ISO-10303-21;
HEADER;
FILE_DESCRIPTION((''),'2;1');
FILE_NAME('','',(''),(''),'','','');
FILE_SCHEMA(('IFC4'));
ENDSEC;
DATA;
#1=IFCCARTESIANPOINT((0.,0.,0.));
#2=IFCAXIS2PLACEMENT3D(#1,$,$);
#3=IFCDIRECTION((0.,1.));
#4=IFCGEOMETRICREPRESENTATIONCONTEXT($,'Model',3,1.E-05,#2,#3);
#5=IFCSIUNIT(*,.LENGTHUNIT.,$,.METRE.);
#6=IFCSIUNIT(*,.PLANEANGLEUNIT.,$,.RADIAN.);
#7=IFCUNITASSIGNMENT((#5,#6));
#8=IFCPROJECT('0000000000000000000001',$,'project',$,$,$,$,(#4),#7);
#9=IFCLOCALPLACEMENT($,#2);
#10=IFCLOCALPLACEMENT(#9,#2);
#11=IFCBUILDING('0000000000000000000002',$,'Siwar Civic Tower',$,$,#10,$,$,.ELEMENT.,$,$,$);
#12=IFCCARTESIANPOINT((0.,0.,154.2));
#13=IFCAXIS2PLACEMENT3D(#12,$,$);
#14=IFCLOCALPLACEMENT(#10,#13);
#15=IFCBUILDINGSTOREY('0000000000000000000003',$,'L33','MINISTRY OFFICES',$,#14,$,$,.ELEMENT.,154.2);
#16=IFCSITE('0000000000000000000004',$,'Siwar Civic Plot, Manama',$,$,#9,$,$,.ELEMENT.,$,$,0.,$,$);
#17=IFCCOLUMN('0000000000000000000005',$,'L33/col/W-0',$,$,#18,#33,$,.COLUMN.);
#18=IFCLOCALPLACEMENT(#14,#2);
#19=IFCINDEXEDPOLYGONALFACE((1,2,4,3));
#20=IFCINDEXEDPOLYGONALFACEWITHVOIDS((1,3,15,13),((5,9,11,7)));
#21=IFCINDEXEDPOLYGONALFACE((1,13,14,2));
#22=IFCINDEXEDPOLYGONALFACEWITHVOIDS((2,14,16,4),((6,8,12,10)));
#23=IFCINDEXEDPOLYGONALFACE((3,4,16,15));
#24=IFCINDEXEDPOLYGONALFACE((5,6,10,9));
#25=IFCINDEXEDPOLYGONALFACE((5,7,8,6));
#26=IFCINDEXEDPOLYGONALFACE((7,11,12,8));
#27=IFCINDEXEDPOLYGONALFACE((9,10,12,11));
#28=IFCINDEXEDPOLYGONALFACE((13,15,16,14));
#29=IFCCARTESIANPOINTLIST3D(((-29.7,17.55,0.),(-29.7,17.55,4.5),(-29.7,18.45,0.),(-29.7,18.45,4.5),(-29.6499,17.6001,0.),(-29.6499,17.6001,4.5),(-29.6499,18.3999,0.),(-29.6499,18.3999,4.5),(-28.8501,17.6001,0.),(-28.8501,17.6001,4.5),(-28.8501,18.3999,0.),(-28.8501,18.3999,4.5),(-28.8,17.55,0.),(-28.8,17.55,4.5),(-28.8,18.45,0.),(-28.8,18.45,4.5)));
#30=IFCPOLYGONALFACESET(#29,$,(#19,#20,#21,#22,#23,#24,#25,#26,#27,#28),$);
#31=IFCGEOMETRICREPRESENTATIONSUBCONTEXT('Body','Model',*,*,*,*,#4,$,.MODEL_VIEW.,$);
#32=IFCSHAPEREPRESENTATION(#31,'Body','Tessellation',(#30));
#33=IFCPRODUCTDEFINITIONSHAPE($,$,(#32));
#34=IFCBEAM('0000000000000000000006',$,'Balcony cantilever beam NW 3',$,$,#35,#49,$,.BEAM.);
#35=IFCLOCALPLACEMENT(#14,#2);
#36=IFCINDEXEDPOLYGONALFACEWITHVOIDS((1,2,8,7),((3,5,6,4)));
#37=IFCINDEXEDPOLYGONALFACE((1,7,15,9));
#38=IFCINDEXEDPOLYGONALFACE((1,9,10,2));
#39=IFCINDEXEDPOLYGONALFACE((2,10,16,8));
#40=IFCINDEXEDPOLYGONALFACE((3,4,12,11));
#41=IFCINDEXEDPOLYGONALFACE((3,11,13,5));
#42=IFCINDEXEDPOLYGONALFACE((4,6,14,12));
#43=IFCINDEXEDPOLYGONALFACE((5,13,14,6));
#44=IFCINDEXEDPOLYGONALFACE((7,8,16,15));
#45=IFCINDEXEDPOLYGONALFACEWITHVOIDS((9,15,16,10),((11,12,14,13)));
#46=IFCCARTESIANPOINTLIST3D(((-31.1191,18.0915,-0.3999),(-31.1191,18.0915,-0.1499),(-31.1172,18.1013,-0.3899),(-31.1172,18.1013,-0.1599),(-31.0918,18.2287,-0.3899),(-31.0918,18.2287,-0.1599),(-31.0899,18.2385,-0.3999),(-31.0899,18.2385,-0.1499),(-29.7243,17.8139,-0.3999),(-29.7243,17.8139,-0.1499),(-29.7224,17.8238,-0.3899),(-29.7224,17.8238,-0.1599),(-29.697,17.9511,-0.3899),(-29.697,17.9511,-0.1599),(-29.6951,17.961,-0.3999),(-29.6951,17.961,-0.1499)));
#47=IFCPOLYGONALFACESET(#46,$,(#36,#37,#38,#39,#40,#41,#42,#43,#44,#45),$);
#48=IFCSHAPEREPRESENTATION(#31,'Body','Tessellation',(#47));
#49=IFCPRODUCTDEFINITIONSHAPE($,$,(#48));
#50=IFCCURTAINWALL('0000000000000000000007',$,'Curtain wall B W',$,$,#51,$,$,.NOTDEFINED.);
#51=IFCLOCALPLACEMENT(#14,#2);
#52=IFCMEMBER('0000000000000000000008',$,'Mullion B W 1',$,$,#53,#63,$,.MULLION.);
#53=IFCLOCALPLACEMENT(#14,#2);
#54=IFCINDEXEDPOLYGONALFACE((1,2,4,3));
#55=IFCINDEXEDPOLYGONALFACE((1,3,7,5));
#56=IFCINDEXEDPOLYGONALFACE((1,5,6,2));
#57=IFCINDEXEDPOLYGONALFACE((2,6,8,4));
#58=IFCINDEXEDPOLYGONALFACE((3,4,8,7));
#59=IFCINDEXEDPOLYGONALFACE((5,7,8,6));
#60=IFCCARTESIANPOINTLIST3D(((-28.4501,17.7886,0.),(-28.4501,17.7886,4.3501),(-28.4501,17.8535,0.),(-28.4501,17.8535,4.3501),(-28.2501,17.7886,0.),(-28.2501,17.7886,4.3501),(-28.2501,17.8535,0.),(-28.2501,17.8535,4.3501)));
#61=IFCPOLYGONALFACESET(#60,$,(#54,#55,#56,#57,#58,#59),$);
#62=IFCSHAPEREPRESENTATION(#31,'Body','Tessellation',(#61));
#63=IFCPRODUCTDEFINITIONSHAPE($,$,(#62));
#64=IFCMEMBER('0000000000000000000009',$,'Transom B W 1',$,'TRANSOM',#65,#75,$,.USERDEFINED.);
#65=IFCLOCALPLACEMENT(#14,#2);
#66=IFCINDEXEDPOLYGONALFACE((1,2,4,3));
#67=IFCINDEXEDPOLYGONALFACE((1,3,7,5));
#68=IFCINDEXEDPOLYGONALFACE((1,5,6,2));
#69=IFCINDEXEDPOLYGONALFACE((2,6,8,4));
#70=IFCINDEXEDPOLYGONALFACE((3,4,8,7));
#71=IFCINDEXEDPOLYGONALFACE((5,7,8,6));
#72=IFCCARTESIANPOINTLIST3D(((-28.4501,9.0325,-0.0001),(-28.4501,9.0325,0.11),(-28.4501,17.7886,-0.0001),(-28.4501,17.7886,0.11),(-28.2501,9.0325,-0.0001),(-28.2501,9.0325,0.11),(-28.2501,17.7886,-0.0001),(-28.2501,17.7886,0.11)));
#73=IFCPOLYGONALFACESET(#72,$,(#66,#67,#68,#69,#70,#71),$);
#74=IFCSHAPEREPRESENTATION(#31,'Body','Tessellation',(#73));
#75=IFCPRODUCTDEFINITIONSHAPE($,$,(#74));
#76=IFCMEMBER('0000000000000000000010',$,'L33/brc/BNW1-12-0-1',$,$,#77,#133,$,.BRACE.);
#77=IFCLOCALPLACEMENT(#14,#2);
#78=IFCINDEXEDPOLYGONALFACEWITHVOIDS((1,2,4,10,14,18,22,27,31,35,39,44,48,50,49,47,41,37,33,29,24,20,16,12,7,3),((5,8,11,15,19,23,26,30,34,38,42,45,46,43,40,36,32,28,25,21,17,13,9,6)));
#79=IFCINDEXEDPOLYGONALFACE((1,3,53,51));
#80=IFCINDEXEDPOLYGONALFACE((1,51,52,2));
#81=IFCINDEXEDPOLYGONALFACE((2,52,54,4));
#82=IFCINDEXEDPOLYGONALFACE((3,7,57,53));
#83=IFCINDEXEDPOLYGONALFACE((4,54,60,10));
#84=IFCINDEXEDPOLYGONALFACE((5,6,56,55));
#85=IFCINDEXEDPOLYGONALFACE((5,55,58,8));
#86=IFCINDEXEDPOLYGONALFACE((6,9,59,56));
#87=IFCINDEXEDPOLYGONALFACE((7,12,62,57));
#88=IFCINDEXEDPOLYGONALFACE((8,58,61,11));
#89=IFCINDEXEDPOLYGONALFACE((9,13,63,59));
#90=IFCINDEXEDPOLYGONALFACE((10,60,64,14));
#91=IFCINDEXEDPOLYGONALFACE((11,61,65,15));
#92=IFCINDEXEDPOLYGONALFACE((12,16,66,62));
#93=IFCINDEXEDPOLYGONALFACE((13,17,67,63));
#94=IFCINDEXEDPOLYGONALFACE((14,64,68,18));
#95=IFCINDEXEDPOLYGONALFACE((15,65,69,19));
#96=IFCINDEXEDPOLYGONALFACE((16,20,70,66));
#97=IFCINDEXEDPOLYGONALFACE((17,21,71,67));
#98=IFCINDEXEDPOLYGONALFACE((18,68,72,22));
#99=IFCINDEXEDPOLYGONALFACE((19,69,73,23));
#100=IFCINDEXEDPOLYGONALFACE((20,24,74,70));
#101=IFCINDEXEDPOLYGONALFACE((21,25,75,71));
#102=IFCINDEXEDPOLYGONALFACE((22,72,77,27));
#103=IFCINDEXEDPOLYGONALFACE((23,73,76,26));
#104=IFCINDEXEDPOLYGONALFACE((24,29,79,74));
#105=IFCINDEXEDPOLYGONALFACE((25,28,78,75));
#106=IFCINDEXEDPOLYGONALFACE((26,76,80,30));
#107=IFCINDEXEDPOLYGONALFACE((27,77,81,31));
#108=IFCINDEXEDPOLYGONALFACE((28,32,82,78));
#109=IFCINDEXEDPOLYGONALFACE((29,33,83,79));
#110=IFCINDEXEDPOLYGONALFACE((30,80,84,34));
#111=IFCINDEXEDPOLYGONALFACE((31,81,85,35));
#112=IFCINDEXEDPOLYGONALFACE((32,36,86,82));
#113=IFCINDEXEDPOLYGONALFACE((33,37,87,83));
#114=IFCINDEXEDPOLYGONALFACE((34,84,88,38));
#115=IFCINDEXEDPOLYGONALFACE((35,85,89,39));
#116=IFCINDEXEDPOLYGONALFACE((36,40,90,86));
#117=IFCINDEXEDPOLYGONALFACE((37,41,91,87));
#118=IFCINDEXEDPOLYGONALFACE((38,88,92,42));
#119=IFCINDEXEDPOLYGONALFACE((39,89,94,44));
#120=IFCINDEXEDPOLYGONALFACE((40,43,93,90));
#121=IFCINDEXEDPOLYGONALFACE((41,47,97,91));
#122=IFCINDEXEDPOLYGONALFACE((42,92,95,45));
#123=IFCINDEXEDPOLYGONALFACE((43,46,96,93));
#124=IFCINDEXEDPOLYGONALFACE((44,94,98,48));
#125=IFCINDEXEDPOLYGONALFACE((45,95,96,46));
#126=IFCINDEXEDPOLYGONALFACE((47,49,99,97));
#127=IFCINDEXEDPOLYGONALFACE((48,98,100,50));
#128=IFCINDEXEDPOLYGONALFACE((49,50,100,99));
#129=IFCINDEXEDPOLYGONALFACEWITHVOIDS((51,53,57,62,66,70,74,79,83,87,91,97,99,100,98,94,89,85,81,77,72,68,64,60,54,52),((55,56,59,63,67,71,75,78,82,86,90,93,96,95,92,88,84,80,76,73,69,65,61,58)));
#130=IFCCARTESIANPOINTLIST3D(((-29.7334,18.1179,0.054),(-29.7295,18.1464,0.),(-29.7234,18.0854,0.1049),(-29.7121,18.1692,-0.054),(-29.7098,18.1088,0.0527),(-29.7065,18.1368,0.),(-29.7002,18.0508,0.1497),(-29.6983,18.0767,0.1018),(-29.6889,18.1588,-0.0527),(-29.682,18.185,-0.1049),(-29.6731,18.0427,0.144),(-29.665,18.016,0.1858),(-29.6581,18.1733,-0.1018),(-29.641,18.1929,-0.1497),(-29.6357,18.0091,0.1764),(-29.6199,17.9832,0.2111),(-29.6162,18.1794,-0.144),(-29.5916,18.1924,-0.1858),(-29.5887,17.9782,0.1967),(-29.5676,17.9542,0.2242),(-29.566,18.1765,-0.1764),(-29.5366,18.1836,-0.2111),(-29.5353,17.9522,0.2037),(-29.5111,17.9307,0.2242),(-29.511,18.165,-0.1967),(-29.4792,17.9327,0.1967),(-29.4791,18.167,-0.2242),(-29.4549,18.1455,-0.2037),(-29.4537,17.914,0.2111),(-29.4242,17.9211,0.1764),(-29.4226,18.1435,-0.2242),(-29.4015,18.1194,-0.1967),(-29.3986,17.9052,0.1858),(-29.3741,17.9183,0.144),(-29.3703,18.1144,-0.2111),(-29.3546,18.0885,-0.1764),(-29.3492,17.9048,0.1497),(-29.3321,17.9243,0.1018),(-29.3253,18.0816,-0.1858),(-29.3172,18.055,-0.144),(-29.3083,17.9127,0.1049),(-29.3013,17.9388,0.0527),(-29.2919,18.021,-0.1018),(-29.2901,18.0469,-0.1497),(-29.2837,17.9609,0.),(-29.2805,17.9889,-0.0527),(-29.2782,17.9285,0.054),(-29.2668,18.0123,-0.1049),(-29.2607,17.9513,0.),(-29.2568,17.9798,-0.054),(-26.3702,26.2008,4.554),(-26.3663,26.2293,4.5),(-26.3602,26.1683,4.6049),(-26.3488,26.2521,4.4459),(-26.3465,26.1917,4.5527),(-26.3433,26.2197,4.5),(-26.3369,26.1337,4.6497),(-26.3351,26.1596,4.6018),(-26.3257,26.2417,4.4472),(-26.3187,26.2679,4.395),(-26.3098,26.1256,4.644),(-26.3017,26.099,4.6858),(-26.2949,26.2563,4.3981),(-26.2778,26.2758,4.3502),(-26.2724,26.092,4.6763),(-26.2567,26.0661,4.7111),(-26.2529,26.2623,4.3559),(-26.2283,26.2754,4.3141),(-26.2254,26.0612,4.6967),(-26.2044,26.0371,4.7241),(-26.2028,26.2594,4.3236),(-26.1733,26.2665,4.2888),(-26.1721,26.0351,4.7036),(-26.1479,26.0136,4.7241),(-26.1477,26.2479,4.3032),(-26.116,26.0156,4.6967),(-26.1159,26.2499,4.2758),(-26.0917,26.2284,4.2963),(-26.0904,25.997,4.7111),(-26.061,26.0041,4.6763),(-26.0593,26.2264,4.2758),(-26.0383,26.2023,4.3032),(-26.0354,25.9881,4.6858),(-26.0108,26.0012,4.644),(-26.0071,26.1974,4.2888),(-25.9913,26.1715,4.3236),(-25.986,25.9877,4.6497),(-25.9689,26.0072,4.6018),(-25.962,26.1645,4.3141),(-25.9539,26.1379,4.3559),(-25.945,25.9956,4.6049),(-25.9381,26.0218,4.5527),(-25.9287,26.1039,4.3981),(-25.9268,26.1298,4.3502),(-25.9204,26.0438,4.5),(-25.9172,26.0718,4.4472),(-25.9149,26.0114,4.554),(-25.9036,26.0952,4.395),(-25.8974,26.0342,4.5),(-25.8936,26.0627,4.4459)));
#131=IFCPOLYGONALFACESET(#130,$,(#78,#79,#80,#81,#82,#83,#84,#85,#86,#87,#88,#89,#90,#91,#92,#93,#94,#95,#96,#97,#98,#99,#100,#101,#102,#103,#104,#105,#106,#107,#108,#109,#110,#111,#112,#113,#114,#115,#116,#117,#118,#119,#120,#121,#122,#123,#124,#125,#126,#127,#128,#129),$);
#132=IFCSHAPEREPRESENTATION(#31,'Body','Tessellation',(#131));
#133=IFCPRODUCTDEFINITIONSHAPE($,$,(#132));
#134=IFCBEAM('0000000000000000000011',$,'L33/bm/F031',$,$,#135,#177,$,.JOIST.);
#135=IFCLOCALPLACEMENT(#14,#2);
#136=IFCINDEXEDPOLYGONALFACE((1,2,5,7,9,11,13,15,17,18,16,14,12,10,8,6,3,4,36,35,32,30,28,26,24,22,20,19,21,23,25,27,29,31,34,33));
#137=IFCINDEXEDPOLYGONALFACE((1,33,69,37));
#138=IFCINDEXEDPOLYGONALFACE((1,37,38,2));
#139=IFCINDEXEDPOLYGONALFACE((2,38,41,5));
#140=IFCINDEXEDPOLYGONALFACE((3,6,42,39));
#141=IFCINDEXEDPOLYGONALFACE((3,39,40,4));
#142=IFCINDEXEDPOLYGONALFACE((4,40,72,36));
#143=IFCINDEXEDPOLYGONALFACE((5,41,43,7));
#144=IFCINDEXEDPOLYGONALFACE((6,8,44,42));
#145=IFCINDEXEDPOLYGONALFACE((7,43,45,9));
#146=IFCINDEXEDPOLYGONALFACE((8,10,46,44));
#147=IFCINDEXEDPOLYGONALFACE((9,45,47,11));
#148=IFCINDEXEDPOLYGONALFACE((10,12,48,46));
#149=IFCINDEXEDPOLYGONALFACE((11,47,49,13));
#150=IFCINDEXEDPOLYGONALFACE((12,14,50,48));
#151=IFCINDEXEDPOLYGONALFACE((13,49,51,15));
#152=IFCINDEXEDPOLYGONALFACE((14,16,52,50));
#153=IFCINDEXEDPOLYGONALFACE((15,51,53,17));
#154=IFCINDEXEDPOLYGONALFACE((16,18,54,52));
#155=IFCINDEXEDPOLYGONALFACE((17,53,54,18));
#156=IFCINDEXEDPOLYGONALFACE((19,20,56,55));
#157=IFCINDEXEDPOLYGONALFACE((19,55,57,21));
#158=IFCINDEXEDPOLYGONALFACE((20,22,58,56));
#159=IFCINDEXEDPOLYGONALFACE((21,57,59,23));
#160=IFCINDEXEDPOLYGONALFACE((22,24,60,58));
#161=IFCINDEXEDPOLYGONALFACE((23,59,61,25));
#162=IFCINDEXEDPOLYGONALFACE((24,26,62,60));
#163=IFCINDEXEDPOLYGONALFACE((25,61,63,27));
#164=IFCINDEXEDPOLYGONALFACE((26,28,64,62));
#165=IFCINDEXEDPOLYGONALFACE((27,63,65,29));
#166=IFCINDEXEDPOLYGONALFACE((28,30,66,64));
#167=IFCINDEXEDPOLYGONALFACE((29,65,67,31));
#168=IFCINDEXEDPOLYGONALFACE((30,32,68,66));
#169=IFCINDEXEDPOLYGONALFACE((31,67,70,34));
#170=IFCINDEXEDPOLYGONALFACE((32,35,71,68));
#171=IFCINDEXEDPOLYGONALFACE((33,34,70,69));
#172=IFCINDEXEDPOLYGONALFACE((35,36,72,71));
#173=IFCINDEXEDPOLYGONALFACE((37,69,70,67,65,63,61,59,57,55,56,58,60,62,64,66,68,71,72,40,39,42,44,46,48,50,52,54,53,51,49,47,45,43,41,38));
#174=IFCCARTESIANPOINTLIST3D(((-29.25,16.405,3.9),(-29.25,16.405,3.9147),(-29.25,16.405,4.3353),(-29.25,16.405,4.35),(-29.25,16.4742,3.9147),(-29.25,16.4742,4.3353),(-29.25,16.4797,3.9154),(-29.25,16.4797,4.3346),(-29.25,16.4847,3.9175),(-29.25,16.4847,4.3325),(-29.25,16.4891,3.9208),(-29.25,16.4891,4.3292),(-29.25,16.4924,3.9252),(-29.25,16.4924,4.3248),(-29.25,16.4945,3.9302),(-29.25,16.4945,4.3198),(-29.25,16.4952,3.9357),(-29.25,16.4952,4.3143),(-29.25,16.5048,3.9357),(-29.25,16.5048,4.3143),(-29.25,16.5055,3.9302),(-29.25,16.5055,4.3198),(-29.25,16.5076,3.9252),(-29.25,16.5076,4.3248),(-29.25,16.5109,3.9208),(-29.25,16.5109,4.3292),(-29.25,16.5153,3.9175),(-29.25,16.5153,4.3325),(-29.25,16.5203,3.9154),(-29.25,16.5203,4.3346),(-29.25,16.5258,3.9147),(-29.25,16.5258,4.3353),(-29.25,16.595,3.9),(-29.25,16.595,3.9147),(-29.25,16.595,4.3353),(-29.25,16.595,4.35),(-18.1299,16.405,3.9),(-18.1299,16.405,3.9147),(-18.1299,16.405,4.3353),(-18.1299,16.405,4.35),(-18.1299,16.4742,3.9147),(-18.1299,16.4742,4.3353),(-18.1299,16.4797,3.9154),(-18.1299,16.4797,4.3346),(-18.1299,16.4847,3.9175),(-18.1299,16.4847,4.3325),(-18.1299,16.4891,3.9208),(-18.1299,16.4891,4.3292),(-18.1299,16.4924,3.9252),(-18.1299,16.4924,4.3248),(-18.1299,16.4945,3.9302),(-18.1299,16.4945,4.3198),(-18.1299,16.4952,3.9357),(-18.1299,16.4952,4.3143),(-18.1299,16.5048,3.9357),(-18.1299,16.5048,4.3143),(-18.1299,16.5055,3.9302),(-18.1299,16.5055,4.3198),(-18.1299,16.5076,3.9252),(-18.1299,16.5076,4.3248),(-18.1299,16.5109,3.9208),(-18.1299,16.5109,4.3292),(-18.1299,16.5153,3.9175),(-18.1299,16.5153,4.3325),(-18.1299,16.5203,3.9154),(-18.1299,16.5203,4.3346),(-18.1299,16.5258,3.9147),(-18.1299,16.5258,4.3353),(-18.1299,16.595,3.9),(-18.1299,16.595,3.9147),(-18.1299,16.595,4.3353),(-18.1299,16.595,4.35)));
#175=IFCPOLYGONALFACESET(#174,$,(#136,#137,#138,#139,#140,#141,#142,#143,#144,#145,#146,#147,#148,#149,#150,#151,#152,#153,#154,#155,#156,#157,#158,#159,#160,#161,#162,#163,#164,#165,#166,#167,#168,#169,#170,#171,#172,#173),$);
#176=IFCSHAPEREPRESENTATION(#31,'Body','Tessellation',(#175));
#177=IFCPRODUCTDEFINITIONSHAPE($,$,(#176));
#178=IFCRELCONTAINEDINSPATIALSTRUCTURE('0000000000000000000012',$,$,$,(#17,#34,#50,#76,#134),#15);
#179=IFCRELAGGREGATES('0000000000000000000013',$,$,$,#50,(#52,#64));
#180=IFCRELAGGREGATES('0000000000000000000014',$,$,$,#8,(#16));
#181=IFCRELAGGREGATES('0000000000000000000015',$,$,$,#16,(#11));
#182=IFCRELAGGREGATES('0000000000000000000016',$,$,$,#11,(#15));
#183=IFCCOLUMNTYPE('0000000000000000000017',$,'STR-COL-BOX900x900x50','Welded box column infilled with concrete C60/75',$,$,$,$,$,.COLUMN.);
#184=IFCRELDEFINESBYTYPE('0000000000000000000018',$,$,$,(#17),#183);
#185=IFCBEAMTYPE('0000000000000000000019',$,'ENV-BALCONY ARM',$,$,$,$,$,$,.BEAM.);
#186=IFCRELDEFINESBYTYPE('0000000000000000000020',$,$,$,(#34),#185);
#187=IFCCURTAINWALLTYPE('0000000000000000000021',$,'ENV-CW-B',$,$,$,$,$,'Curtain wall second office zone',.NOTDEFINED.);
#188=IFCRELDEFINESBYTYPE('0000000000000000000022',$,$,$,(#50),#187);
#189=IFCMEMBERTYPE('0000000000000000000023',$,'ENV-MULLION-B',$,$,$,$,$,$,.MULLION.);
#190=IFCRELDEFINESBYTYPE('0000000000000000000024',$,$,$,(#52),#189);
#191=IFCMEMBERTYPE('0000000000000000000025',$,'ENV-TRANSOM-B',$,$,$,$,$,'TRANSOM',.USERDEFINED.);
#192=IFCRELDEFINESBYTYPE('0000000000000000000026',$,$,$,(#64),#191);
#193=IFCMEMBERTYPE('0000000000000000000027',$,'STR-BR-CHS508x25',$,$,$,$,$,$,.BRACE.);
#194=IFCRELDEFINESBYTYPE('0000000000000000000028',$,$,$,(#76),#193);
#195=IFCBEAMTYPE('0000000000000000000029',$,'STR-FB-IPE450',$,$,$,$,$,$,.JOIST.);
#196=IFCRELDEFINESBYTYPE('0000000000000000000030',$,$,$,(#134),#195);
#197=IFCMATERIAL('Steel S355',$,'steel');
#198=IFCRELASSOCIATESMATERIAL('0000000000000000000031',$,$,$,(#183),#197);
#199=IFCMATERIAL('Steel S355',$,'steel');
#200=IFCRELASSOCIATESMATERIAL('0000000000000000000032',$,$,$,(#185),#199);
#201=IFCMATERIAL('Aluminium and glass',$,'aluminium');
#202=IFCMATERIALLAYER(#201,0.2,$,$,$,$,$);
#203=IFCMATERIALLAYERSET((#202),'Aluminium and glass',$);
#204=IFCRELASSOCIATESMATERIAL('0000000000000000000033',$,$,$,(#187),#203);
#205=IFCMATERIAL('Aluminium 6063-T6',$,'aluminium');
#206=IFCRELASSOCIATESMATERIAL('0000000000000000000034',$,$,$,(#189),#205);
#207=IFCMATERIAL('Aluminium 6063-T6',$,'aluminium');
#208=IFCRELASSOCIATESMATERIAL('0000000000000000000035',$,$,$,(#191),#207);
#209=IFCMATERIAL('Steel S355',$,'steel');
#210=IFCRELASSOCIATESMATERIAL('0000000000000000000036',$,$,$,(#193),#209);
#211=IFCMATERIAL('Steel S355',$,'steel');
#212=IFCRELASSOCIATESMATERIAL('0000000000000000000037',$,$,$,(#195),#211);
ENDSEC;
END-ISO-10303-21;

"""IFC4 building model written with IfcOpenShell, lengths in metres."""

from ifc_helpers import new_model, si_unit, direction, frame, origin, origin_2d, place, context, subcontext, project, spatial, rectangle, hollow_rectangle, hollow_circle, i_section, extrude, material, layer, layer_set, material_profile, profile_set, type_object, element, aggregate, save


model = new_model("IFC4")

# Units and contexts
model_context = context("Model", 3, precision=1e-05, world=origin(), true_north=direction((0.0, 1.0)))
body_context = subcontext(model_context, "Body", "Model", "MODEL_VIEW")
ifc_project = project(units=[si_unit("LENGTHUNIT", "METRE"), si_unit("PLANEANGLEUNIT", "RADIAN")], contexts=[model_context])

# Site, building, storey
site_placement = place(None, origin())
site = spatial("IfcSite", under=ifc_project, at=site_placement, Name="Siwar Civic Plot, Manama", CompositionType="ELEMENT", RefElevation=0.0)
building_placement = place(site_placement, origin())
building = spatial("IfcBuilding", under=site, at=building_placement, Name="Siwar Civic Tower", CompositionType="ELEMENT")
storey_placement = place(building_placement, frame((0.0, 0.0, 154.2)))
storey = spatial("IfcBuildingStorey", under=building, at=storey_placement, Name="L33", Description="MINISTRY OFFICES", CompositionType="ELEMENT", Elevation=154.2)

# Column
ifc_material_1 = material(Name="Steel S355", Category="steel")
ifc_material_profile_1 = material_profile(ifc_material_1, hollow_rectangle(XDim=0.8999, YDim=0.8999, WallThickness=0.05, at=origin_2d()), Name="BOX900x900x50")
ifc_profile_set_1 = profile_set([ifc_material_profile_1], Name="Steel S355")
column_type = type_object("IfcColumnType", Name="STR-COL-BOX900x900x50", Description="Welded box column infilled with concrete C60/75", PredefinedType="COLUMN", material=ifc_profile_set_1)
column_placement = place(storey_placement, frame((-29.25, 18.0, 0.0), z_axis=(0.0, 0.0, 1.0), x_axis=(1.0, 0.0, 0.0)))
element("IfcColumn", 1, at=column_placement, inside=storey, type_object=column_type, Name="L33/col/W-0", PredefinedType="COLUMN", context=body_context, shape_type="SweptSolid", body=[
    extrude(hollow_rectangle(XDim=0.8999, YDim=0.8999, WallThickness=0.05, at=origin_2d()), origin(), (0.0, 0.0, 1.0), 4.5),
])

# Beam
ifc_material_2 = material(Name="Steel S355", Category="steel")
ifc_material_profile_2 = material_profile(ifc_material_2, hollow_rectangle(XDim=0.1499, YDim=0.25, WallThickness=0.01, at=origin_2d()), Name="RHS250x150x10")
ifc_profile_set_2 = profile_set([ifc_material_profile_2], Name="Steel S355")
beam_type_1 = type_object("IfcBeamType", Name="ENV-BALCONY ARM", PredefinedType="BEAM", material=ifc_profile_set_2)
beam_1_placement = place(storey_placement, frame((-29.7097, 17.8875, -0.2749), z_axis=(-0.980765, 0.195192, 0.0), x_axis=(-0.195192, -0.980765, 0.0)))
element("IfcBeam", 2, at=beam_1_placement, inside=storey, type_object=beam_type_1, Name="Balcony cantilever beam NW 3", PredefinedType="BEAM", context=body_context, shape_type="SweptSolid", body=[
    extrude(hollow_rectangle(XDim=0.1499, YDim=0.25, WallThickness=0.01, at=origin_2d()), origin(), (0.0, 0.0, 1.0), 1.4221),
])

# Curtain wall, members
ifc_material_3 = material(Name="Aluminium and glass", Category="aluminium")
ifc_layer_1 = layer(ifc_material_3, 0.2)
ifc_layer_set_1 = layer_set([ifc_layer_1], Name="Aluminium and glass")
curtain_wall_type = type_object("IfcCurtainWallType", Name="ENV-CW-B", ElementType="Curtain wall second office zone", PredefinedType="NOTDEFINED", material=ifc_layer_set_1)
curtain_wall_placement = place(storey_placement, origin())
curtain_wall = element("IfcCurtainWall", 3, at=curtain_wall_placement, inside=storey, type_object=curtain_wall_type, Name="Curtain wall B W", PredefinedType="NOTDEFINED")
ifc_material_4 = material(Name="Aluminium 6063-T6", Category="aluminium")
ifc_material_profile_3 = material_profile(ifc_material_4, rectangle(XDim=0.2, YDim=0.0649, at=origin_2d()), Name="AL 200x65")
ifc_profile_set_3 = profile_set([ifc_material_profile_3], Name="Aluminium 6063-T6")
member_type_1 = type_object("IfcMemberType", Name="ENV-MULLION-B", PredefinedType="MULLION", material=ifc_profile_set_3)
member_1_placement = place(storey_placement, frame((-28.3501, 17.821, 0.0), z_axis=(0.0, 0.0, 1.0), x_axis=(1.0, 0.0, 0.0)))
member_1 = element("IfcMember", 4, at=member_1_placement, type_object=member_type_1, Name="Mullion B W 1", PredefinedType="MULLION", context=body_context, shape_type="SweptSolid", body=[
    extrude(rectangle(XDim=0.2, YDim=0.0649, at=origin_2d()), origin(), (0.0, 0.0, 1.0), 4.3501),
])
ifc_material_5 = material(Name="Aluminium 6063-T6", Category="aluminium")
ifc_material_profile_4 = material_profile(ifc_material_5, rectangle(XDim=0.2, YDim=0.1101, at=origin_2d()), Name="AL 200x110")
ifc_profile_set_4 = profile_set([ifc_material_profile_4], Name="Aluminium 6063-T6")
member_type_2 = type_object("IfcMemberType", Name="ENV-TRANSOM-B", ElementType="TRANSOM", PredefinedType="USERDEFINED", material=ifc_profile_set_4)
member_2_placement = place(storey_placement, frame((-28.3501, 17.7886, 0.0549), z_axis=(0.0, -1.0, 0.0), x_axis=(1.0, 0.0, 0.0)))
member_2 = element("IfcMember", 5, at=member_2_placement, type_object=member_type_2, Name="Transom B W 1", ObjectType="TRANSOM", PredefinedType="USERDEFINED", context=body_context, shape_type="SweptSolid", body=[
    extrude(rectangle(XDim=0.2, YDim=0.1101, at=origin_2d()), origin(), (0.0, 0.0, 1.0), 8.7561),
])
aggregate(curtain_wall, [member_1, member_2])

# Member
ifc_material_6 = material(Name="Steel S355", Category="steel")
ifc_material_profile_5 = material_profile(ifc_material_6, hollow_circle(Radius=0.2539, WallThickness=0.0249, at=origin_2d()), Name="CHS508x25")
ifc_profile_set_5 = profile_set([ifc_material_profile_5], Name="Steel S355")
member_type_3 = type_object("IfcMemberType", Name="STR-BR-CHS508x25", PredefinedType="BRACE", material=ifc_profile_set_5)
member_3_placement = place(storey_placement, frame((-29.4951, 18.0488, 0.0), z_axis=(0.341671, 0.821143, 0.457149), x_axis=(-0.923265, 0.384164, 0.0)))
element("IfcMember", 6, at=member_3_placement, inside=storey, type_object=member_type_3, Name="L33/brc/BNW1-12-0-1", PredefinedType="BRACE", context=body_context, shape_type="SweptSolid", body=[
    extrude(hollow_circle(Radius=0.2539, WallThickness=0.0249, at=origin_2d()), origin(), (0.0, 0.0, 1.0), 9.8435),
])

# Beam
ifc_material_7 = material(Name="Steel S355", Category="steel")
ifc_material_profile_6 = material_profile(ifc_material_7, i_section(OverallWidth=0.1899, OverallDepth=0.45, WebThickness=0.0095, FlangeThickness=0.0146, FilletRadius=0.021, at=origin_2d()), Name="IPE450")
ifc_profile_set_6 = profile_set([ifc_material_profile_6], Name="Steel S355")
beam_type_2 = type_object("IfcBeamType", Name="STR-FB-IPE450", PredefinedType="JOIST", material=ifc_profile_set_6)
beam_2_placement = place(storey_placement, frame((-29.25, 16.5, 4.125), z_axis=(1.0, 0.0, 0.0), x_axis=(0.0, 1.0, 0.0)))
element("IfcBeam", 7, at=beam_2_placement, inside=storey, type_object=beam_type_2, Name="L33/bm/F031", PredefinedType="JOIST", context=body_context, shape_type="SweptSolid", body=[
    extrude(i_section(OverallWidth=0.1899, OverallDepth=0.45, WebThickness=0.0095, FlangeThickness=0.0146, FilletRadius=0.021, at=origin_2d()), origin(), (0.0, 0.0, 1.0), 11.1201),
])

save(model, "model.ifc")
